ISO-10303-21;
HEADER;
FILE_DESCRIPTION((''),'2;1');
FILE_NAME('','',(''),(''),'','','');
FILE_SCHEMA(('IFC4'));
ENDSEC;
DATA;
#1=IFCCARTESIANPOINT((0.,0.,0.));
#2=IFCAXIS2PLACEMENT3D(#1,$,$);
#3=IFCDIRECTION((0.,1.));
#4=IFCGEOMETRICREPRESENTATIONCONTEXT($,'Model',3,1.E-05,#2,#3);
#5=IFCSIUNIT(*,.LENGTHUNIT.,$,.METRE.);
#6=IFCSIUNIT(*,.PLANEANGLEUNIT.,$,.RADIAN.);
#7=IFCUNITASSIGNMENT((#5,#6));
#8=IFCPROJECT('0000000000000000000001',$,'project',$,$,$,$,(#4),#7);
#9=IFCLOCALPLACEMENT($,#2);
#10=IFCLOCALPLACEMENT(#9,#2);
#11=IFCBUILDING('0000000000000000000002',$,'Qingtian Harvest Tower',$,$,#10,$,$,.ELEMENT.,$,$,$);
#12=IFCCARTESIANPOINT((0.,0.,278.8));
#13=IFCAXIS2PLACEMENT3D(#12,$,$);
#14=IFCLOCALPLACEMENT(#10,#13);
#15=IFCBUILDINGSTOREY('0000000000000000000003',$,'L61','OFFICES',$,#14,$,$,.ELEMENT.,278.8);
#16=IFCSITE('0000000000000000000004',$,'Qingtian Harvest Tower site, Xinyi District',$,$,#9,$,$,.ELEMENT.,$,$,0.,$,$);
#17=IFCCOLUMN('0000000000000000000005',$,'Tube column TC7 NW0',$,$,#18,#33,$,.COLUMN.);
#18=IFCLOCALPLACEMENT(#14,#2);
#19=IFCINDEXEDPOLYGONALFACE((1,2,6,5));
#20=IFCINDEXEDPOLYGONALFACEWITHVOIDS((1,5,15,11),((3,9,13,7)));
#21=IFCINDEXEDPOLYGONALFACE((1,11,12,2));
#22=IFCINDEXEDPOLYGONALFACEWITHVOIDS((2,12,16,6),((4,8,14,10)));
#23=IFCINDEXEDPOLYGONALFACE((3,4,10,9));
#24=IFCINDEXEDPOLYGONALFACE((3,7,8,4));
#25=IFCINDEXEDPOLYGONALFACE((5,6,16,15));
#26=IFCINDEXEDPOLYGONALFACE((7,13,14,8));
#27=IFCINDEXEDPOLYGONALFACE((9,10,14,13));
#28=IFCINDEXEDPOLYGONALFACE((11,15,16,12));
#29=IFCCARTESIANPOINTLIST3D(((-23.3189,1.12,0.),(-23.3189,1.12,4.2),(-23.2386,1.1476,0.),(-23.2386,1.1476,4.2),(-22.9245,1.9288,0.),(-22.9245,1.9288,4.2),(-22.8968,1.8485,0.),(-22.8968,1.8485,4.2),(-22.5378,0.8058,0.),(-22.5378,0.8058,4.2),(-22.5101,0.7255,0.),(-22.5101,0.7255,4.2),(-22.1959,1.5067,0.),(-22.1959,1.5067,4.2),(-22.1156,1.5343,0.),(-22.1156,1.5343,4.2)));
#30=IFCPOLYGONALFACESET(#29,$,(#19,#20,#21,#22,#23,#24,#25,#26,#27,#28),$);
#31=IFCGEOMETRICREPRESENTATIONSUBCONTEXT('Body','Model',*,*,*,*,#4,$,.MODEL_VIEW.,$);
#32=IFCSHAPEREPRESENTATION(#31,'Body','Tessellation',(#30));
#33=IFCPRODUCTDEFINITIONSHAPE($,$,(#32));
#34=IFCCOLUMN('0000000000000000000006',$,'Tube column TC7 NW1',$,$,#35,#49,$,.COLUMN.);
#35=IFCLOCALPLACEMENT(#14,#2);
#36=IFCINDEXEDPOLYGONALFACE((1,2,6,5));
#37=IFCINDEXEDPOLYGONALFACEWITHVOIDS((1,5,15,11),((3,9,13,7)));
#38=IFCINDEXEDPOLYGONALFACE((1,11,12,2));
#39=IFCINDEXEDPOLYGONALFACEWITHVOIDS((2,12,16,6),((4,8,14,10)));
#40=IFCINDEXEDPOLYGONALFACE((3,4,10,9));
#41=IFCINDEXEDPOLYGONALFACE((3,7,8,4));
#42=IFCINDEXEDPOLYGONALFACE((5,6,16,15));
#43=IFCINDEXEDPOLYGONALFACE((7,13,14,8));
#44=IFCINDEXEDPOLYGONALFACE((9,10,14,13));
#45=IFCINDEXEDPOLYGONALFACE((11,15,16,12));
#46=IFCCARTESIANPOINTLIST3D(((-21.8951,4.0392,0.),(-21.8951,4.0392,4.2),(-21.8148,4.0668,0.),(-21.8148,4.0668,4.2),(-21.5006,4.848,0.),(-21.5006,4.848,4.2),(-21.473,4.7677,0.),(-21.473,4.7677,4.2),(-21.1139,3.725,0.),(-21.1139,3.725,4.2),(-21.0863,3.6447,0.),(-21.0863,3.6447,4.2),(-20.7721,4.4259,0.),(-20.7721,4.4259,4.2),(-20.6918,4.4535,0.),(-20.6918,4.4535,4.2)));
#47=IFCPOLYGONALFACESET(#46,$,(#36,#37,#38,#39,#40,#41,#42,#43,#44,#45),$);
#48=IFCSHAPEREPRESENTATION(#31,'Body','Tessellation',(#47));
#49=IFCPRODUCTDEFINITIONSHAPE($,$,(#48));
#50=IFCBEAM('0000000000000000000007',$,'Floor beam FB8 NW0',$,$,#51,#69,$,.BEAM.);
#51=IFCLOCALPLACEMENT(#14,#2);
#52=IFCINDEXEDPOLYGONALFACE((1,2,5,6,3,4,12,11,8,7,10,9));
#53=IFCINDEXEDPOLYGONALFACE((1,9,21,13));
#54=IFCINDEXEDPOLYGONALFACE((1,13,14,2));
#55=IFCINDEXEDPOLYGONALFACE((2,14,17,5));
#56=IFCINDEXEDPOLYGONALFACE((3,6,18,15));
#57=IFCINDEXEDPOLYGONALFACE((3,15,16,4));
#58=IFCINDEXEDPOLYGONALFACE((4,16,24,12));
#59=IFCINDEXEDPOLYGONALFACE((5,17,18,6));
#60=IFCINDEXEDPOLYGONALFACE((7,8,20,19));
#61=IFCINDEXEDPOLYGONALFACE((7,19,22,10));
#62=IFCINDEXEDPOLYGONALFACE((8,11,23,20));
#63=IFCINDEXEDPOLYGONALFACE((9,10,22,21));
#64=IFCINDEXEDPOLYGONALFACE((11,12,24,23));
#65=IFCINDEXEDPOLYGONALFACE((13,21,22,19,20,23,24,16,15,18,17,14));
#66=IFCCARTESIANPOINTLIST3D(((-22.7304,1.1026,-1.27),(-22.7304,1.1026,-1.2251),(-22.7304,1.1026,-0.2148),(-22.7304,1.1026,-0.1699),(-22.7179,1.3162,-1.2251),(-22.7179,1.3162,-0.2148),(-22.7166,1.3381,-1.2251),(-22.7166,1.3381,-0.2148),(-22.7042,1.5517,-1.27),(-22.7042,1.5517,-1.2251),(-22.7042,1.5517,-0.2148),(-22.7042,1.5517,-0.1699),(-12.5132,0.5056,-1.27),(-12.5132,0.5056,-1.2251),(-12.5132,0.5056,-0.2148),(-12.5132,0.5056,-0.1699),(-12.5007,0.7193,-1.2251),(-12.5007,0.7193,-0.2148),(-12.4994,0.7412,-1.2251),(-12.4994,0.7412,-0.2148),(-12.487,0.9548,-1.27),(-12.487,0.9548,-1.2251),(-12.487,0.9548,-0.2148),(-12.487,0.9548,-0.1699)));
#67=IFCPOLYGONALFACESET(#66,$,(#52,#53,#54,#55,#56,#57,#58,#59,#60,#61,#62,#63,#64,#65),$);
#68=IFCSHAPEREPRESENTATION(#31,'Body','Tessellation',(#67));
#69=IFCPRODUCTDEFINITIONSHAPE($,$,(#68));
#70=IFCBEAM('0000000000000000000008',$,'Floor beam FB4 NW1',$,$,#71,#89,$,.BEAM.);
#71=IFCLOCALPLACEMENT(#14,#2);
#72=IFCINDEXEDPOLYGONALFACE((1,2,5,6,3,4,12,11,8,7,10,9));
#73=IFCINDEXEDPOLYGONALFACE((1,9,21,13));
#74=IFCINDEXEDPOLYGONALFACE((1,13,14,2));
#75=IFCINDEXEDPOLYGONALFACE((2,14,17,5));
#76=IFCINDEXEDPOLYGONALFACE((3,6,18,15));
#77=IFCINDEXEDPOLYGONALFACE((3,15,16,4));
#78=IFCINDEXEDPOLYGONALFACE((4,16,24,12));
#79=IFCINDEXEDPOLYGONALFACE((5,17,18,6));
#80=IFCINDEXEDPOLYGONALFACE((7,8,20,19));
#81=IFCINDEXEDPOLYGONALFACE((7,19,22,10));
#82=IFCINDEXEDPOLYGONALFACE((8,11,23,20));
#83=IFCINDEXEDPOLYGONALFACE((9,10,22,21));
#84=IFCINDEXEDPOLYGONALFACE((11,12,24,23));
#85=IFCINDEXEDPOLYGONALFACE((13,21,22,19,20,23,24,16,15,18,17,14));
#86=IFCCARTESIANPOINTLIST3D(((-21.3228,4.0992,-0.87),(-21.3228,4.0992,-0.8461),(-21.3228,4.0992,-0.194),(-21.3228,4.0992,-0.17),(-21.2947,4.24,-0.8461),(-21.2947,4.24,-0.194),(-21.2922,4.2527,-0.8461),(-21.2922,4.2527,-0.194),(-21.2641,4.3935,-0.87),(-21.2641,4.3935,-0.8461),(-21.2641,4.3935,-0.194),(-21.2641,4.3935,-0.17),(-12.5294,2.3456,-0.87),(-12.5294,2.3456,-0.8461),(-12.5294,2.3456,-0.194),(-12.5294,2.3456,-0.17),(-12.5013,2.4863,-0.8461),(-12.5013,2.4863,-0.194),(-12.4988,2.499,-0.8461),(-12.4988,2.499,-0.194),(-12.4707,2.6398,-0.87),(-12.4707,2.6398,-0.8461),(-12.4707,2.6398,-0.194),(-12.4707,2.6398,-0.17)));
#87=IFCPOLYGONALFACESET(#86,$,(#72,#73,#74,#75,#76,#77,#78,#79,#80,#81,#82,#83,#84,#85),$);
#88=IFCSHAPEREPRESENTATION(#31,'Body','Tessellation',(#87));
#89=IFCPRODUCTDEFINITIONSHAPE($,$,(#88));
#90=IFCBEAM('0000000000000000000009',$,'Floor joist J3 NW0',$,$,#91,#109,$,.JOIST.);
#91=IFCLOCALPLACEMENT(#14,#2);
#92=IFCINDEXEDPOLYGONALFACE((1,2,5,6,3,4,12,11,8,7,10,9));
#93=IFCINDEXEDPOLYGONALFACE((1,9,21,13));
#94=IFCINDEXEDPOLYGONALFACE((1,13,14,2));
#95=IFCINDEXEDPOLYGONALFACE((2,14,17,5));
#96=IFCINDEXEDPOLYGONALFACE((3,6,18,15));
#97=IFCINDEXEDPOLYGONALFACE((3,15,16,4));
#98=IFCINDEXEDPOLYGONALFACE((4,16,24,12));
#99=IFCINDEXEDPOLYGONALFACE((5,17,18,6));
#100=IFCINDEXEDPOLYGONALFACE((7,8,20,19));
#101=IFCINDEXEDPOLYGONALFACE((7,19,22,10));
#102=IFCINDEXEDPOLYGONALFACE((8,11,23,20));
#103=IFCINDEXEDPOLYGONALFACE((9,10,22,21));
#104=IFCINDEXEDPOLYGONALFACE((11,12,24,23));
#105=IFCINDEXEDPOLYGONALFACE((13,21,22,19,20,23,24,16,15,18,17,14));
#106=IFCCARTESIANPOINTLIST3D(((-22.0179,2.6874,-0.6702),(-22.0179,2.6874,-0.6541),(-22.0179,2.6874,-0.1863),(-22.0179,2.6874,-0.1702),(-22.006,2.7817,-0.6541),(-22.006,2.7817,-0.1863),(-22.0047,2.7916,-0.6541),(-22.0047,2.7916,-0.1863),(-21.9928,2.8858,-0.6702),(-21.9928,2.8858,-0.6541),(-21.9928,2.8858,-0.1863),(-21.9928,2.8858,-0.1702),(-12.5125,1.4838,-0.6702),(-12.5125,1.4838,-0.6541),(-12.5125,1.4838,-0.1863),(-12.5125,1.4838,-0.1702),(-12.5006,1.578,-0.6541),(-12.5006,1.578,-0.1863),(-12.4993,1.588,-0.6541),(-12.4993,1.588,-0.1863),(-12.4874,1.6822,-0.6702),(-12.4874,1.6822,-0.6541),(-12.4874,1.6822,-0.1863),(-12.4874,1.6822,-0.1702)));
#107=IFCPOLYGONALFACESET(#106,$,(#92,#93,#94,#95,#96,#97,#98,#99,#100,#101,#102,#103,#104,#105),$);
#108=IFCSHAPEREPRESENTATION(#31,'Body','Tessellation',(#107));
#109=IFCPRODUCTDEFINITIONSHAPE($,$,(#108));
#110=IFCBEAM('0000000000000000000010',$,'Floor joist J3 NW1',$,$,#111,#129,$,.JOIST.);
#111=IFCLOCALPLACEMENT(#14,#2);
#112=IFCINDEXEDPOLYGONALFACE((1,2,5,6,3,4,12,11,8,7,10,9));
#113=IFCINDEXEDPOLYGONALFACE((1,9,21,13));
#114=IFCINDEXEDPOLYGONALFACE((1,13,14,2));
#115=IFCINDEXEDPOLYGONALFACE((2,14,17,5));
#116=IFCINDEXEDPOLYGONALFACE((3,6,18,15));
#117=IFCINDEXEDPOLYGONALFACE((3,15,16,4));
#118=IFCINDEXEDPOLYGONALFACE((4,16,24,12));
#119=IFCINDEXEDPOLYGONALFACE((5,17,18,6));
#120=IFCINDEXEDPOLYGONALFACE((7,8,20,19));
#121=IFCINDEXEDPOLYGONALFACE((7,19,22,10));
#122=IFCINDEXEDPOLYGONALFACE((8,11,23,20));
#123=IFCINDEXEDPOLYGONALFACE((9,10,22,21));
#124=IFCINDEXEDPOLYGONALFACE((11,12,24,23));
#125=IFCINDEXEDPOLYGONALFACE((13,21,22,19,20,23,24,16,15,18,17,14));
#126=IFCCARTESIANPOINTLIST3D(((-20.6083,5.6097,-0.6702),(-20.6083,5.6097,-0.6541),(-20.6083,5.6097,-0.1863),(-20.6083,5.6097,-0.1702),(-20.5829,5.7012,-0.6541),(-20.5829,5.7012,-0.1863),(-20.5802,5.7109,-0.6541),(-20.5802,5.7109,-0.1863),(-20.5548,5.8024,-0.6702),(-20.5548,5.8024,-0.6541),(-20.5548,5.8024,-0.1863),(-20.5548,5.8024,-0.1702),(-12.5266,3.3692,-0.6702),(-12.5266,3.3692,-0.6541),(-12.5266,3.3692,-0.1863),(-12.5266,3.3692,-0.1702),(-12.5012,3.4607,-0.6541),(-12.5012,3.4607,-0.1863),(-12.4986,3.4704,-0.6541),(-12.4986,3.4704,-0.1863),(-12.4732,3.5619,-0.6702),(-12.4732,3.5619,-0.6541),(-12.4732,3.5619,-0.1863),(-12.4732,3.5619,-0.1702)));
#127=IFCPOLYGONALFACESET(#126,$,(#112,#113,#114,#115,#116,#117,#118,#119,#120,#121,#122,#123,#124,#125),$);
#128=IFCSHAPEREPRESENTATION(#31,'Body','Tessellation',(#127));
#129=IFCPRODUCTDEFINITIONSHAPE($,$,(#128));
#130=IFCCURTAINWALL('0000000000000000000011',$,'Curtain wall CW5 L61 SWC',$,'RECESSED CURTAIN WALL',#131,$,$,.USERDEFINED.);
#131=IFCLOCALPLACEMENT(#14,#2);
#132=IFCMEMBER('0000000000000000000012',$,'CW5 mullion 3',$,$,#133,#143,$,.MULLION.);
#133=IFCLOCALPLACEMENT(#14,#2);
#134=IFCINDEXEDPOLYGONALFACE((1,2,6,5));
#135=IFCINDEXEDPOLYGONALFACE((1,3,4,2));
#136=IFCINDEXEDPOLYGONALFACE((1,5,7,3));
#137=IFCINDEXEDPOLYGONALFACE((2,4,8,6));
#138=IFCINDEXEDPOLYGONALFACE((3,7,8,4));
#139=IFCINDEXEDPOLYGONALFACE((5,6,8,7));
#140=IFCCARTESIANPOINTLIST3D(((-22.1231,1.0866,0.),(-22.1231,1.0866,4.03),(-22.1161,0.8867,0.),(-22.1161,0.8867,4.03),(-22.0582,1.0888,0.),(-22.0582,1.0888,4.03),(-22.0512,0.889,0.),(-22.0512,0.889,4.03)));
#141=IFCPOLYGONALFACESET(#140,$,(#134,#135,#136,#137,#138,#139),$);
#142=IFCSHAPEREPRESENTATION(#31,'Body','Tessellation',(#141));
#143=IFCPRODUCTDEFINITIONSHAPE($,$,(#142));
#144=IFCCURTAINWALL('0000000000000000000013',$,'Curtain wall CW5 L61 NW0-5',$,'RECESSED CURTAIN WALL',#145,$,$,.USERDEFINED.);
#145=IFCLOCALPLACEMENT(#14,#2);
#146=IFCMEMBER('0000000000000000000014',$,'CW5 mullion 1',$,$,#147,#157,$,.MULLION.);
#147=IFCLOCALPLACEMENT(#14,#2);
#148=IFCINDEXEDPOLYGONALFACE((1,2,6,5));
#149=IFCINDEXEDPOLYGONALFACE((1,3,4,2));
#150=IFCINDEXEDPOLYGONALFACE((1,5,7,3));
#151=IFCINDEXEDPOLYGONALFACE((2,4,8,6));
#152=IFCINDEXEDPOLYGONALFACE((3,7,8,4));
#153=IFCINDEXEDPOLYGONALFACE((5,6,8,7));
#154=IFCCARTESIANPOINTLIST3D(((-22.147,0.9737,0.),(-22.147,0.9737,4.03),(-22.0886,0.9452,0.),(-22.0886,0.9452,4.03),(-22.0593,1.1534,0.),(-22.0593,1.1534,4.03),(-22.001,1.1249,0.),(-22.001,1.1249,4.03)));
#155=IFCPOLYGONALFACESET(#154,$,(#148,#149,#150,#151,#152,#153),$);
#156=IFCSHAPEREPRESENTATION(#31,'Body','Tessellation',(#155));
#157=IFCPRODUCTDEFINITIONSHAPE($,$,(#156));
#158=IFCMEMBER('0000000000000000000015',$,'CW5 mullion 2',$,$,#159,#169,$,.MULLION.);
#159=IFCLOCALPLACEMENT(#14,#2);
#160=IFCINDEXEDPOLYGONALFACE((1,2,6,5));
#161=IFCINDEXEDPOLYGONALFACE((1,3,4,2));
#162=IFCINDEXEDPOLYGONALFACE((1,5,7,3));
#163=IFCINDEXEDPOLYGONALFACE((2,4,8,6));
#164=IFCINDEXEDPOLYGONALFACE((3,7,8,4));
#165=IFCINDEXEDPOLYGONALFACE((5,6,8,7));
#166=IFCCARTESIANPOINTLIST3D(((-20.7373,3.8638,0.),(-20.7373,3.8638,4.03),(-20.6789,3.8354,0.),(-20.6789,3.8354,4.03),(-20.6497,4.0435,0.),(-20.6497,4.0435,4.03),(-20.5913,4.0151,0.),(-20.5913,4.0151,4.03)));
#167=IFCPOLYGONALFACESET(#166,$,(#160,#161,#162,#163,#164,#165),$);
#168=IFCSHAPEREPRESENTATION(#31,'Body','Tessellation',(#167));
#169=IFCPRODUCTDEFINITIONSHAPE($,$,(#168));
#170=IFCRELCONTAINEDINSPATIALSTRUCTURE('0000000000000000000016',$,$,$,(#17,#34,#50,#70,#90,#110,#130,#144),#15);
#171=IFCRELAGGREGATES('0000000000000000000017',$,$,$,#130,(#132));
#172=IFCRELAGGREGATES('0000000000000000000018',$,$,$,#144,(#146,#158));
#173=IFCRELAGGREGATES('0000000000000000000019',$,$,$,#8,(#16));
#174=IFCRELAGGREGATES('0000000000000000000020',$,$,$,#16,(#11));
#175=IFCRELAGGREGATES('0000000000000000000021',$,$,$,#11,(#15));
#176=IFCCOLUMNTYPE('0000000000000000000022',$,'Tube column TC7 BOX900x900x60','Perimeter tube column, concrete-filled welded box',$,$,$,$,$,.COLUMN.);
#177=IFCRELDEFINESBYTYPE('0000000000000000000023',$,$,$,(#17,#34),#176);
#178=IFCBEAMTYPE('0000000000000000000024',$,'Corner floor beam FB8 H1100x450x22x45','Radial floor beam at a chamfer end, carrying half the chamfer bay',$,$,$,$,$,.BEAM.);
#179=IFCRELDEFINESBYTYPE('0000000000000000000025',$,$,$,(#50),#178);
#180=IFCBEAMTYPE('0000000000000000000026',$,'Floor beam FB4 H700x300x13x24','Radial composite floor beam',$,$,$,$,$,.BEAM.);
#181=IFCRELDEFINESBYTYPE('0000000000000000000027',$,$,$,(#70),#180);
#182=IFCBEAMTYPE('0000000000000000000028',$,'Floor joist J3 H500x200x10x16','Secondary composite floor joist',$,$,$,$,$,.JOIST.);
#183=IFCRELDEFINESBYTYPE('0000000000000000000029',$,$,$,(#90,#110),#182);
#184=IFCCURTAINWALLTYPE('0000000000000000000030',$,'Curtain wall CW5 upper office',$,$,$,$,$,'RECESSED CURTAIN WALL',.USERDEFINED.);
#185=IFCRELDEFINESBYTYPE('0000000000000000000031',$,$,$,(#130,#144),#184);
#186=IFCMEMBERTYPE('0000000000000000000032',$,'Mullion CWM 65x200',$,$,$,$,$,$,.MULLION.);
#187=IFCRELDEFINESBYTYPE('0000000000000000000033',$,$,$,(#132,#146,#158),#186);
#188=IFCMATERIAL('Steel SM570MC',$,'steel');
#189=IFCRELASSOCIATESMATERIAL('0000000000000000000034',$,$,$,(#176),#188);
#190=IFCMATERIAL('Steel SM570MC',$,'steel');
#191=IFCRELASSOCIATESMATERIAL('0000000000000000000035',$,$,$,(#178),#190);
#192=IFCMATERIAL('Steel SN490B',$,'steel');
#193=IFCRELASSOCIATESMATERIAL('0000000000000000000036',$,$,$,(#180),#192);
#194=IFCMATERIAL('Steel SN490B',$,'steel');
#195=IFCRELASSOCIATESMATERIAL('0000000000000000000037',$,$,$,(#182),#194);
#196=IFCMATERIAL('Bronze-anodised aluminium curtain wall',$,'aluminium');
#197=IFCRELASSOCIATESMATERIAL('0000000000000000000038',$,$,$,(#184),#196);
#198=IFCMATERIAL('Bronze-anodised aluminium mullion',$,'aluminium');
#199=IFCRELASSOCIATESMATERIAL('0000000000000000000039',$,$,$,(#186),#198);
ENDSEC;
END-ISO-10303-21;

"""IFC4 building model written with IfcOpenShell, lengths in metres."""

from ifc_helpers import new_model, si_unit, direction, frame, origin, origin_2d, place, context, subcontext, project, spatial, rectangle, hollow_rectangle, i_section, extrude, material, material_profile, profile_set, type_object, element, aggregate, save


model = new_model("IFC4")

# Units and contexts
model_context = context("Model", 3, precision=1e-05, world=origin(), true_north=direction((0.0, 1.0)))
body_context = subcontext(model_context, "Body", "Model", "MODEL_VIEW")
ifc_project = project(units=[si_unit("LENGTHUNIT", "METRE"), si_unit("PLANEANGLEUNIT", "RADIAN")], contexts=[model_context])

# Site, building, storey
site_placement = place(None, origin())
site = spatial("IfcSite", under=ifc_project, at=site_placement, Name="Qingtian Harvest Tower site, Xinyi District", CompositionType="ELEMENT", RefElevation=0.0)
building_placement = place(site_placement, origin())
building = spatial("IfcBuilding", under=site, at=building_placement, Name="Qingtian Harvest Tower", CompositionType="ELEMENT")
storey_placement = place(building_placement, frame((0.0, 0.0, 278.8)))
storey = spatial("IfcBuildingStorey", under=building, at=storey_placement, Name="L61", Description="OFFICES", CompositionType="ELEMENT", Elevation=278.8)

# Columns
ifc_material_1 = material(Name="Steel SM570MC", Category="steel")
ifc_material_profile_1 = material_profile(ifc_material_1, hollow_rectangle(XDim=0.8999, YDim=0.8999, WallThickness=0.0601, at=origin_2d()), Name="BOX900x900x60")
ifc_profile_set_1 = profile_set([ifc_material_profile_1], Name="Steel SM570MC")
column_type = type_object("IfcColumnType", Name="Tube column TC7 BOX900x900x60", Description="Perimeter tube column, concrete-filled welded box", PredefinedType="COLUMN", material=ifc_profile_set_1)
for number, where, z_axis, x_axis, name in (
    (1, (-22.7173, 1.3271, 0.0), (0.0, 0.0, 1.0), (-0.438371, -0.898794, 0.0), "Tube column TC7 NW0"),
    (2, (-21.2935, 4.2463, 0.0), (0.0, 0.0, 1.0), (-0.438371, -0.898794, 0.0), "Tube column TC7 NW1"),
):
    element("IfcColumn", number, at=place(storey_placement, frame(where, z_axis=z_axis, x_axis=x_axis)), inside=storey, type_object=column_type, Name=name, PredefinedType="COLUMN", context=body_context, shape_type="SweptSolid", body=[
        extrude(hollow_rectangle(XDim=0.8999, YDim=0.8999, WallThickness=0.0601, at=origin_2d()), origin(), (0.0, 0.0, 1.0), 4.2),
    ])

# Beams
ifc_material_2 = material(Name="Steel SM570MC", Category="steel")
ifc_material_profile_2 = material_profile(ifc_material_2, i_section(OverallWidth=0.45, OverallDepth=1.1001, WebThickness=0.022, FlangeThickness=0.0449, at=origin_2d()), Name="H1100x450x22x45")
ifc_profile_set_2 = profile_set([ifc_material_profile_2], Name="Steel SM570MC")
beam_type_1 = type_object("IfcBeamType", Name="Corner floor beam FB8 H1100x450x22x45", Description="Radial floor beam at a chamfer end, carrying half the chamfer bay", PredefinedType="BEAM", material=ifc_profile_set_2)
beam_1_placement = place(storey_placement, frame((-22.7173, 1.3271, -0.72), z_axis=(0.998298, -0.058323, 0.0), x_axis=(0.058323, 0.998298, 0.0)))
element("IfcBeam", 3, at=beam_1_placement, inside=storey, type_object=beam_type_1, Name="Floor beam FB8 NW0", PredefinedType="BEAM", context=body_context, shape_type="SweptSolid", body=[
    extrude(i_section(OverallWidth=0.45, OverallDepth=1.1001, WebThickness=0.022, FlangeThickness=0.0449, at=origin_2d()), origin(), (0.0, 0.0, 1.0), 10.2346),
])
ifc_material_3 = material(Name="Steel SN490B", Category="steel")
ifc_material_profile_3 = material_profile(ifc_material_3, i_section(OverallWidth=0.3, OverallDepth=0.7, WebThickness=0.0129, FlangeThickness=0.0239, at=origin_2d()), Name="H700x300x13x24")
ifc_profile_set_3 = profile_set([ifc_material_profile_3], Name="Steel SN490B")
beam_type_2 = type_object("IfcBeamType", Name="Floor beam FB4 H700x300x13x24", Description="Radial composite floor beam", PredefinedType="BEAM", material=ifc_profile_set_3)
beam_2_placement = place(storey_placement, frame((-21.2935, 4.2463, -0.52), z_axis=(0.980688, -0.195577, 0.0), x_axis=(0.195577, 0.980688, 0.0)))
element("IfcBeam", 4, at=beam_2_placement, inside=storey, type_object=beam_type_2, Name="Floor beam FB4 NW1", PredefinedType="BEAM", context=body_context, shape_type="SweptSolid", body=[
    extrude(i_section(OverallWidth=0.3, OverallDepth=0.7, WebThickness=0.0129, FlangeThickness=0.0239, at=origin_2d()), origin(), (0.0, 0.0, 1.0), 8.9666),
])
ifc_material_4 = material(Name="Steel SN490B", Category="steel")
ifc_material_profile_4 = material_profile(ifc_material_4, i_section(OverallWidth=0.2, OverallDepth=0.5, WebThickness=0.01, FlangeThickness=0.0161, at=origin_2d()), Name="H500x200x10x16")
ifc_profile_set_4 = profile_set([ifc_material_profile_4], Name="Steel SN490B")
beam_type_3 = type_object("IfcBeamType", Name="Floor joist J3 H500x200x10x16", Description="Secondary composite floor joist", PredefinedType="JOIST", material=ifc_profile_set_4)
beam_3_placement = place(storey_placement, frame((-22.0054, 2.7866, -0.4202), z_axis=(0.992078, -0.125621, 0.0), x_axis=(0.125621, 0.992078, 0.0)))
element("IfcBeam", 5, at=beam_3_placement, inside=storey, type_object=beam_type_3, Name="Floor joist J3 NW0", PredefinedType="JOIST", context=body_context, shape_type="SweptSolid", body=[
    extrude(i_section(OverallWidth=0.2, OverallDepth=0.5, WebThickness=0.01, FlangeThickness=0.0161, at=origin_2d()), origin(), (0.0, 0.0, 1.0), 9.5813),
])
beam_4_placement = place(storey_placement, frame((-20.5815, 5.7061, -0.4202), z_axis=(0.963653, -0.267157, 0.0), x_axis=(0.267157, 0.963653, 0.0)))
element("IfcBeam", 6, at=beam_4_placement, inside=storey, type_object=beam_type_3, Name="Floor joist J3 NW1", PredefinedType="JOIST", context=body_context, shape_type="SweptSolid", body=[
    extrude(i_section(OverallWidth=0.2, OverallDepth=0.5, WebThickness=0.01, FlangeThickness=0.0161, at=origin_2d()), origin(), (0.0, 0.0, 1.0), 8.3865),
])

# Curtain wall, member
ifc_material_5 = material(Name="Bronze-anodised aluminium curtain wall", Category="aluminium")
curtain_wall_type = type_object("IfcCurtainWallType", Name="Curtain wall CW5 upper office", ElementType="RECESSED CURTAIN WALL", PredefinedType="USERDEFINED", material=ifc_material_5)
curtain_wall_1_placement = place(storey_placement, origin())
curtain_wall_1 = element("IfcCurtainWall", 7, at=curtain_wall_1_placement, inside=storey, type_object=curtain_wall_type, Name="Curtain wall CW5 L61 SWC", ObjectType="RECESSED CURTAIN WALL", PredefinedType="USERDEFINED")
ifc_material_6 = material(Name="Bronze-anodised aluminium mullion", Category="aluminium")
ifc_material_profile_5 = material_profile(ifc_material_6, rectangle(XDim=0.0649, YDim=0.2, at=origin_2d()), Name="AL 65x200")
ifc_profile_set_5 = profile_set([ifc_material_profile_5], Name="Bronze-anodised aluminium mullion")
member_type_1 = type_object("IfcMemberType", Name="Mullion CWM 65x200", PredefinedType="MULLION", material=ifc_profile_set_5)
member_1_placement = place(storey_placement, frame((-22.0872, 0.9878, 0.0), z_axis=(0.0, 0.0, 1.0), x_axis=(-0.999391, -0.034899, 0.0)))
member_1 = element("IfcMember", 8, at=member_1_placement, type_object=member_type_1, Name="CW5 mullion 3", PredefinedType="MULLION", context=body_context, shape_type="SweptSolid", body=[
    extrude(rectangle(XDim=0.0649, YDim=0.2, at=origin_2d()), origin(), (0.0, 0.0, 1.0), 4.03),
])

# Curtain wall, members
curtain_wall_2_placement = place(storey_placement, origin())
curtain_wall_2 = element("IfcCurtainWall", 9, at=curtain_wall_2_placement, inside=storey, type_object=curtain_wall_type, Name="Curtain wall CW5 L61 NW0-5", ObjectType="RECESSED CURTAIN WALL", PredefinedType="USERDEFINED")
member_2_placement = place(storey_placement, frame((-22.074, 1.0493, 0.0), z_axis=(0.0, 0.0, 1.0), x_axis=(-0.898794, 0.438371, 0.0)))
member_2 = element("IfcMember", 10, at=member_2_placement, type_object=member_type_1, Name="CW5 mullion 1", PredefinedType="MULLION", context=body_context, shape_type="SweptSolid", body=[
    extrude(rectangle(XDim=0.0649, YDim=0.2, at=origin_2d()), origin(), (0.0, 0.0, 1.0), 4.03),
])
member_3_placement = place(storey_placement, frame((-20.6643, 3.9395, 0.0), z_axis=(0.0, 0.0, 1.0), x_axis=(-0.898794, 0.438371, 0.0)))
member_3 = element("IfcMember", 11, at=member_3_placement, type_object=member_type_1, Name="CW5 mullion 2", PredefinedType="MULLION", context=body_context, shape_type="SweptSolid", body=[
    extrude(rectangle(XDim=0.0649, YDim=0.2, at=origin_2d()), origin(), (0.0, 0.0, 1.0), 4.03),
])

aggregate(curtain_wall_1, [member_1])
aggregate(curtain_wall_2, [member_2, member_3])

save(model, "model.ifc")
